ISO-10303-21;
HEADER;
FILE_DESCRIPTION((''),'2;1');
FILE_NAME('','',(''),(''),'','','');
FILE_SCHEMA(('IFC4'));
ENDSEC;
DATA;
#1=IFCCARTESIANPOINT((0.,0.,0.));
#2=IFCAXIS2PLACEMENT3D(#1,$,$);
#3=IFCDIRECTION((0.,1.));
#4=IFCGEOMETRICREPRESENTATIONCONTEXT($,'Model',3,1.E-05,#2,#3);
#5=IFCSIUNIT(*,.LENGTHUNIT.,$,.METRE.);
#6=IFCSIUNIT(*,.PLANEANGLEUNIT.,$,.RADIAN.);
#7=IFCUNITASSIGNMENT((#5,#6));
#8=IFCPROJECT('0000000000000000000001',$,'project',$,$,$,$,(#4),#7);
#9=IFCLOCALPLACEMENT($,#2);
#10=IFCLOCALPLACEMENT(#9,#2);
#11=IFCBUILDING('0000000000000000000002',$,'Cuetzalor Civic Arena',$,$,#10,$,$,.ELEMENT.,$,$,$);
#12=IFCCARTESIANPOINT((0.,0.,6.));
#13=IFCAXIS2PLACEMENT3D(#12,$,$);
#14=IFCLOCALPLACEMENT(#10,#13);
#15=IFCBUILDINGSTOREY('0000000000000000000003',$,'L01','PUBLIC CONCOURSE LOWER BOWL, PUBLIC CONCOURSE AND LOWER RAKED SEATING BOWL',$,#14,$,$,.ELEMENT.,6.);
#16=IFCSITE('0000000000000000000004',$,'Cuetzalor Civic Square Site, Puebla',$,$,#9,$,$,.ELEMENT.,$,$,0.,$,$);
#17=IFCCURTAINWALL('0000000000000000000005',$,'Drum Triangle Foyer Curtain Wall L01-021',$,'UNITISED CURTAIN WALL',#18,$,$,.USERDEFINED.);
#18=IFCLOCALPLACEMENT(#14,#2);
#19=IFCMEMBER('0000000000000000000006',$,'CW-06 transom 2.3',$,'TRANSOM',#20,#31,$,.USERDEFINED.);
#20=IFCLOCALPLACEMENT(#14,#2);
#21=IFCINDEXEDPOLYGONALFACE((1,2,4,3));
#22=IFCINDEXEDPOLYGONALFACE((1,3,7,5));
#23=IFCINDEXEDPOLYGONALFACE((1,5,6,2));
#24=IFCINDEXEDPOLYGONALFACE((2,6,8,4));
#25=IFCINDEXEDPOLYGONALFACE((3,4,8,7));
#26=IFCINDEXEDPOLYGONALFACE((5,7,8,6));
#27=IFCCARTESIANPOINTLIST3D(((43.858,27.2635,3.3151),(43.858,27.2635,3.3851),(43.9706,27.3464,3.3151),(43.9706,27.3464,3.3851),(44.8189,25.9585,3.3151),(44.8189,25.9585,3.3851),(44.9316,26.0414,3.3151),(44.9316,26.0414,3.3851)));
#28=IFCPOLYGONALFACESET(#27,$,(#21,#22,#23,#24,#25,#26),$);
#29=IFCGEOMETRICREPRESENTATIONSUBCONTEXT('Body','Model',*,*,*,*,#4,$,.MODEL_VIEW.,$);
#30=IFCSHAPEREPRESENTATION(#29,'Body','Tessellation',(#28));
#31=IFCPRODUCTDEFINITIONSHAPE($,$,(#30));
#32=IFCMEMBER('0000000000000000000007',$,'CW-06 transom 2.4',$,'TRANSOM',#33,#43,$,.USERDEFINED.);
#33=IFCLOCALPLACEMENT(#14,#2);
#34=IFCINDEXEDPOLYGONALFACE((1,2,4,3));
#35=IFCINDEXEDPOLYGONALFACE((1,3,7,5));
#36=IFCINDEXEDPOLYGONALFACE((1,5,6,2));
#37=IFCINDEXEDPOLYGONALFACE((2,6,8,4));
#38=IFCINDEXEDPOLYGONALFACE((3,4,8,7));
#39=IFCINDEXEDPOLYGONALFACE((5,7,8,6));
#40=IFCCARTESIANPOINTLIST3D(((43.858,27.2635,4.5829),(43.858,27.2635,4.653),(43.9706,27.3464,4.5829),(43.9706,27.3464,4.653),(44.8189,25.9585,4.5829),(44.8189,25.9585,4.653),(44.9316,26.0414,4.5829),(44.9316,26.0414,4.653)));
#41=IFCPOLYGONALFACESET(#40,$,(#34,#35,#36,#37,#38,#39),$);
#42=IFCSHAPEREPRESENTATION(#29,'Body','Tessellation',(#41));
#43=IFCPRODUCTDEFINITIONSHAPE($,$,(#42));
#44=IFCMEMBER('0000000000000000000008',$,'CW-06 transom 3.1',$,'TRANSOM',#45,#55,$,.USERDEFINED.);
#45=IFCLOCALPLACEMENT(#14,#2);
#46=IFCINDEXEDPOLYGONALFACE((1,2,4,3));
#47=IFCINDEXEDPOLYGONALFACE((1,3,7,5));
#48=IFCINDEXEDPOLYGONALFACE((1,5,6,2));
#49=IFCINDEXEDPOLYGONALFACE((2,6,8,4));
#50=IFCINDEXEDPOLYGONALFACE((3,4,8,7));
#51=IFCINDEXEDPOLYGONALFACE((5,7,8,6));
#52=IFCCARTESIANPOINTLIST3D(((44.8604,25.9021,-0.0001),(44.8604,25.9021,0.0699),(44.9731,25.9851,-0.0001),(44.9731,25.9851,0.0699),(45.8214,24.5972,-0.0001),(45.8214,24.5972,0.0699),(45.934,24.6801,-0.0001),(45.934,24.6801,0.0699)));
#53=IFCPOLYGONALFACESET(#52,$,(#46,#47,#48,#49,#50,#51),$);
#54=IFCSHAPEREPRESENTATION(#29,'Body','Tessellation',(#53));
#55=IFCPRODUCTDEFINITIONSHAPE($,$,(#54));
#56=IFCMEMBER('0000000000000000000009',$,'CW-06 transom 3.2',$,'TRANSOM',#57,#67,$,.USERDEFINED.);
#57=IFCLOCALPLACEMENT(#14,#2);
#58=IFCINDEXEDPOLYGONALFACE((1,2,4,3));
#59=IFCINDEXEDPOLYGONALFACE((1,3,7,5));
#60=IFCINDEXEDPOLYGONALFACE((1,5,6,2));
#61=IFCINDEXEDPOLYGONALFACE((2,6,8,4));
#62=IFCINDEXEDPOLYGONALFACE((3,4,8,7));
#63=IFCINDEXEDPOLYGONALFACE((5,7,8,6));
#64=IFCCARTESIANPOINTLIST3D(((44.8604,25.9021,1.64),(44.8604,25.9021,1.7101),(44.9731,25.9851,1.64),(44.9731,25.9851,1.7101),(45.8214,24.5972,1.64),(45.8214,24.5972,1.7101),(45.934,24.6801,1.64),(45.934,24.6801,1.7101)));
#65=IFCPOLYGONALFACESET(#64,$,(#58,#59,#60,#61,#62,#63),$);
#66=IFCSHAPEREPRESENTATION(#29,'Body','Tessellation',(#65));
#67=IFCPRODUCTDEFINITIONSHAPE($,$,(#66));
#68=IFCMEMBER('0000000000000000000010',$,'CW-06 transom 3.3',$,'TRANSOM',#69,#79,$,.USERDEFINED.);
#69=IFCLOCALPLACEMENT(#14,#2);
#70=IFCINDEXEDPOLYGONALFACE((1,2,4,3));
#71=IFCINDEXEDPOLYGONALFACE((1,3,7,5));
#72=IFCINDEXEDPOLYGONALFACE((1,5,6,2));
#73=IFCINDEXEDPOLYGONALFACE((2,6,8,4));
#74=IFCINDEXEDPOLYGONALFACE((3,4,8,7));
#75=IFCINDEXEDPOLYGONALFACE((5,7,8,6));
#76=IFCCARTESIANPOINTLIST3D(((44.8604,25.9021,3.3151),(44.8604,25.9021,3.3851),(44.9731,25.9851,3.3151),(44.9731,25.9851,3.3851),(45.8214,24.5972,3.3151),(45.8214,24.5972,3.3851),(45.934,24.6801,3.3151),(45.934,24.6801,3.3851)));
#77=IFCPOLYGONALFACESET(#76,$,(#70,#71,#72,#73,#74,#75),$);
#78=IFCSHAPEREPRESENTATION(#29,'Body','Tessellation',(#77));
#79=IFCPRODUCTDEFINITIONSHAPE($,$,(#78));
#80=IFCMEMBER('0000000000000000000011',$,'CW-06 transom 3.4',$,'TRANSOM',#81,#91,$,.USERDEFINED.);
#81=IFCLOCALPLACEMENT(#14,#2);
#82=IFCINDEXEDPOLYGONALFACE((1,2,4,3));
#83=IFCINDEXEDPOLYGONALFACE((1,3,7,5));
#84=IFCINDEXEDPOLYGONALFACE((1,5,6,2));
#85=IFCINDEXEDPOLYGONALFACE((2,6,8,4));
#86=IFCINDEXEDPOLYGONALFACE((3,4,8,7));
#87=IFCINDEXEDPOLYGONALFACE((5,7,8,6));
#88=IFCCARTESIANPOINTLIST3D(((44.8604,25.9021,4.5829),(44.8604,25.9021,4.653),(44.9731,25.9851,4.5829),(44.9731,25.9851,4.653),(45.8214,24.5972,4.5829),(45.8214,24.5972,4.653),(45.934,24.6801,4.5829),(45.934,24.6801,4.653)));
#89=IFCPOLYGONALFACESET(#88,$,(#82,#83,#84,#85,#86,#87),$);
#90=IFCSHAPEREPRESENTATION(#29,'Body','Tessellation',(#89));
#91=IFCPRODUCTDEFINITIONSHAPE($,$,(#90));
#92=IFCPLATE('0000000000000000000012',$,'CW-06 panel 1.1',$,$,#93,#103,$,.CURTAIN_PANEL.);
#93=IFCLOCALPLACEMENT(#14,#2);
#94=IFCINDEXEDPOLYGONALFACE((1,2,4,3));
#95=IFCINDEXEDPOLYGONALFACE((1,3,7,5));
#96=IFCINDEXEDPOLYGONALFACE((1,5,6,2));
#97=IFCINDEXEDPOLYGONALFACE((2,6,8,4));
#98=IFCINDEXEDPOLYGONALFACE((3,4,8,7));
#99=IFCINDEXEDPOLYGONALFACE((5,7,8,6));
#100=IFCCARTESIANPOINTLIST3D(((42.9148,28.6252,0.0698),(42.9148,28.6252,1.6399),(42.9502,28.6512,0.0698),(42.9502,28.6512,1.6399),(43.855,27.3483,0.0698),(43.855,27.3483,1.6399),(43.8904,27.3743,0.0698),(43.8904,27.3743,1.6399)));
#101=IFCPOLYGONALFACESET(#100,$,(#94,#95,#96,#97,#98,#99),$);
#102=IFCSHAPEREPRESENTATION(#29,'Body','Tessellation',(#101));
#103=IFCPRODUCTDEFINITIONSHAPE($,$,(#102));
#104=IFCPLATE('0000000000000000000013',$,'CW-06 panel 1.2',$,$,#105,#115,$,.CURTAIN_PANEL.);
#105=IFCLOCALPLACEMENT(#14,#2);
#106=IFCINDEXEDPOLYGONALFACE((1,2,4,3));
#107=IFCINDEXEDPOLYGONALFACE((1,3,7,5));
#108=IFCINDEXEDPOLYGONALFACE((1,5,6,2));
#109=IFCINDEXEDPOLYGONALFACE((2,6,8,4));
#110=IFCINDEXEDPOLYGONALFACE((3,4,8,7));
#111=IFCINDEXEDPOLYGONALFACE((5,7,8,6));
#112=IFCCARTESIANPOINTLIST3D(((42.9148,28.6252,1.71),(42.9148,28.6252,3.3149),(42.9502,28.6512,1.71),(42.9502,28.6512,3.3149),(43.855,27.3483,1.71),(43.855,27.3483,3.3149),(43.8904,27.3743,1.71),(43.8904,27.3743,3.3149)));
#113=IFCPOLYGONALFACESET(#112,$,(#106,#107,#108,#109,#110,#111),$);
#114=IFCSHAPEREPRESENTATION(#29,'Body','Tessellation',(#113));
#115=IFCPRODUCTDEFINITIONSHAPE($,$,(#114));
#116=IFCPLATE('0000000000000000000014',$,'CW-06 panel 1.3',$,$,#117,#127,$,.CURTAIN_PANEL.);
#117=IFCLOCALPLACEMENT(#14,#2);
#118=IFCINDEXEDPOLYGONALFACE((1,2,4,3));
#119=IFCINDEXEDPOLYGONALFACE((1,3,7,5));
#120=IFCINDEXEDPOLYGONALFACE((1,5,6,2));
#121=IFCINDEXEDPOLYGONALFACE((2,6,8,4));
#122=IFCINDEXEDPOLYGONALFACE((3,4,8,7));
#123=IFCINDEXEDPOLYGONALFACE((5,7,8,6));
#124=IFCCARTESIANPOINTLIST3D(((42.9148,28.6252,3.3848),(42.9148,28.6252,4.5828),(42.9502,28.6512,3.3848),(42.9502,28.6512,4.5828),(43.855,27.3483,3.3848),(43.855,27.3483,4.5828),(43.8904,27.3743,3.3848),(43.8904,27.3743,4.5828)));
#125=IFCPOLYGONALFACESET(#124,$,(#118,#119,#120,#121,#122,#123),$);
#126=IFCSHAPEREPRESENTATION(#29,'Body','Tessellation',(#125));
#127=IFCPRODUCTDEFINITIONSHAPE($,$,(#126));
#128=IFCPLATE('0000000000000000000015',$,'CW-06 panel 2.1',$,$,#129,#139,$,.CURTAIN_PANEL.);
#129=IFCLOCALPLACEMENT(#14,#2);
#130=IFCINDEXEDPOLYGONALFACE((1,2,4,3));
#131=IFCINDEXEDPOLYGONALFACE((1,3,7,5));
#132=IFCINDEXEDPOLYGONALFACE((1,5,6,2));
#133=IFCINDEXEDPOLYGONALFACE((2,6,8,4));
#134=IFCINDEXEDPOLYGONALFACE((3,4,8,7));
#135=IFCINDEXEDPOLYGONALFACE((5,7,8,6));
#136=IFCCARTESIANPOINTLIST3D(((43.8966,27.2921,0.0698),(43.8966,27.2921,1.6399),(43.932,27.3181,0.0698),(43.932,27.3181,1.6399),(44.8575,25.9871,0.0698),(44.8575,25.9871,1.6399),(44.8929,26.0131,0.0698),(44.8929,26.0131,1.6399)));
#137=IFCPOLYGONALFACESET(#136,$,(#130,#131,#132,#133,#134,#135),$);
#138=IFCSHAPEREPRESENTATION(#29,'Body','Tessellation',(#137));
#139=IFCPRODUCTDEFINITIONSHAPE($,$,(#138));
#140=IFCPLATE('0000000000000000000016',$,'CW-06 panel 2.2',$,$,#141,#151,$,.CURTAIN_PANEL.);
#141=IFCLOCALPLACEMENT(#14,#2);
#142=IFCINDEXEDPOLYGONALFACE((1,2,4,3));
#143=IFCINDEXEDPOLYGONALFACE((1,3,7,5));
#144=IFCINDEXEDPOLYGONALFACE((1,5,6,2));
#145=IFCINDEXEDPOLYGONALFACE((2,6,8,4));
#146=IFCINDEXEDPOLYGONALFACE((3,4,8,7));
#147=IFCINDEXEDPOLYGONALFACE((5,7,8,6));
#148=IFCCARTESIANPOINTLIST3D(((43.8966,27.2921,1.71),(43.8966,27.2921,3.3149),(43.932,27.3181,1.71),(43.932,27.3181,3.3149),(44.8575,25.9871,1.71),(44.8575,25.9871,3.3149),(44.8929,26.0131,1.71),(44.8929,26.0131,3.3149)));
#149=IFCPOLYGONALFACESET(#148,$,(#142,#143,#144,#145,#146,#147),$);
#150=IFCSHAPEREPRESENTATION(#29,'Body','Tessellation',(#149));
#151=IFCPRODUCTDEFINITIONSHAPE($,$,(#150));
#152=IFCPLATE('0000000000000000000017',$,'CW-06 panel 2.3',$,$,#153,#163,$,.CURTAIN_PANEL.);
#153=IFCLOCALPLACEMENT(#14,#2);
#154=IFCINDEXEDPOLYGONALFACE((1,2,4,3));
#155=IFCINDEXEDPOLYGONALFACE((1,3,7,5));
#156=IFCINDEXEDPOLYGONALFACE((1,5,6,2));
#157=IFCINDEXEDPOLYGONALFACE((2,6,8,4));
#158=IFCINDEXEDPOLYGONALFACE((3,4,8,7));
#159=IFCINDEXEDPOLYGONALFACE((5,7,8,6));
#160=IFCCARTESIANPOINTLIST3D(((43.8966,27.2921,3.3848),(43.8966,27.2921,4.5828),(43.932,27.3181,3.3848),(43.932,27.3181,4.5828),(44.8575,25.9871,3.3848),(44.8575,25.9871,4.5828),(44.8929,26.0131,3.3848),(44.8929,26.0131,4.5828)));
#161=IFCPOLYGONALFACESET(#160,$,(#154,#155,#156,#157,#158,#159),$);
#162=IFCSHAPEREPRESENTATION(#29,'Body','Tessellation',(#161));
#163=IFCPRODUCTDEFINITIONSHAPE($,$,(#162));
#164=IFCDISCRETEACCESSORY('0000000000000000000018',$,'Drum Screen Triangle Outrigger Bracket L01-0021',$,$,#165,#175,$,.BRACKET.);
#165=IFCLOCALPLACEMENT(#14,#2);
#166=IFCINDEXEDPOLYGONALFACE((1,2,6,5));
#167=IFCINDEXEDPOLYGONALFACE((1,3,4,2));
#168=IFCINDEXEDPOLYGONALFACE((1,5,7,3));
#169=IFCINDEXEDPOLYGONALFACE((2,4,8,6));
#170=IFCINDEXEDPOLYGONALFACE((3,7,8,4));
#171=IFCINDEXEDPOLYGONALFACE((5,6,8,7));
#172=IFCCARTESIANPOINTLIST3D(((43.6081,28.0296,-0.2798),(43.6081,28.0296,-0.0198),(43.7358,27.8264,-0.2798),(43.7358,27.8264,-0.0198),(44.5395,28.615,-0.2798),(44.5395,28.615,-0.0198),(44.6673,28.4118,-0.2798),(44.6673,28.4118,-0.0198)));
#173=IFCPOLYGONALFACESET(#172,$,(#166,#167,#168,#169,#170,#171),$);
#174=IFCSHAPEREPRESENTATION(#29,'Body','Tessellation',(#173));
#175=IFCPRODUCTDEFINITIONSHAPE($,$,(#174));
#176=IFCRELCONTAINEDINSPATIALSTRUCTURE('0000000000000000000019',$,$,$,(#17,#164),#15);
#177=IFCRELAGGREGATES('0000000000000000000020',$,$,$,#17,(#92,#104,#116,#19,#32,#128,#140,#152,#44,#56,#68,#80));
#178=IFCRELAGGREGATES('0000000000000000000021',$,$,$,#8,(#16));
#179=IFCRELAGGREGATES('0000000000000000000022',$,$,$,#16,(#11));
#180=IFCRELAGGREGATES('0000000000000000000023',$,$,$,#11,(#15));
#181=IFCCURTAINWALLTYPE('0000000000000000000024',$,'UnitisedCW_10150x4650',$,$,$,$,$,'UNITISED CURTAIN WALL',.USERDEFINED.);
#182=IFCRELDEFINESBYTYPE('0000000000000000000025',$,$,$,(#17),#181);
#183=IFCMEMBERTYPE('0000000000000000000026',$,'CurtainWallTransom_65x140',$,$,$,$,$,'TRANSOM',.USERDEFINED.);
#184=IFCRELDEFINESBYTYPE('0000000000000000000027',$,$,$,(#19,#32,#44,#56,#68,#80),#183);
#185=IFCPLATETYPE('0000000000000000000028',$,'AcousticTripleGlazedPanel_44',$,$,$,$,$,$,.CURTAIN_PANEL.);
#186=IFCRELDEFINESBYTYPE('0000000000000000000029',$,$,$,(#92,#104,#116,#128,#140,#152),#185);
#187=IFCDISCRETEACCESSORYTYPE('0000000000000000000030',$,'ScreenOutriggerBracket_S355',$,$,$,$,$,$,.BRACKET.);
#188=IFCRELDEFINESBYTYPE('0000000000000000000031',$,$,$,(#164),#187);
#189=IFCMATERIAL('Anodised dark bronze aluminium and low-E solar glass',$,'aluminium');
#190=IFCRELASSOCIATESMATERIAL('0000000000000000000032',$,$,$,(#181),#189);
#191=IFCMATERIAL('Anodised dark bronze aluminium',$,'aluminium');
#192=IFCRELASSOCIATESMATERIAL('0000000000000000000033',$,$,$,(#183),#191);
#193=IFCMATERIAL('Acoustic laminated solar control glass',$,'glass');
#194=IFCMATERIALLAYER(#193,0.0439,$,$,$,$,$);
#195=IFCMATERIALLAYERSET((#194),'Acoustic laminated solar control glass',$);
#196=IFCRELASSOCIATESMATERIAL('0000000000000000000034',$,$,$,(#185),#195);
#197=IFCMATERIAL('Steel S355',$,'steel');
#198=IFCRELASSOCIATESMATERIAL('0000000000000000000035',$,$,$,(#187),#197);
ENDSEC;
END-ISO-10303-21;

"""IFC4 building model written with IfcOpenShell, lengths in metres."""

from ifc_helpers import new_model, si_unit, direction, frame, origin, origin_2d, place, context, subcontext, project, spatial, rectangle, extrude, material, layer, layer_set, material_profile, profile_set, type_object, element, aggregate, save


model = new_model("IFC4")

# Units and contexts
model_context = context("Model", 3, precision=1e-05, world=origin(), true_north=direction((0.0, 1.0)))
body_context = subcontext(model_context, "Body", "Model", "MODEL_VIEW")
ifc_project = project(units=[si_unit("LENGTHUNIT", "METRE"), si_unit("PLANEANGLEUNIT", "RADIAN")], contexts=[model_context])

# Site, building, storey
site_placement = place(None, origin())
site = spatial("IfcSite", under=ifc_project, at=site_placement, Name="Cuetzalor Civic Square Site, Puebla", CompositionType="ELEMENT", RefElevation=0.0)
building_placement = place(site_placement, origin())
building = spatial("IfcBuilding", under=site, at=building_placement, Name="Cuetzalor Civic Arena", CompositionType="ELEMENT")
storey_placement = place(building_placement, frame((0.0, 0.0, 6.0)))
storey = spatial("IfcBuildingStorey", under=building, at=storey_placement, Name="L01", Description="PUBLIC CONCOURSE LOWER BOWL, PUBLIC CONCOURSE AND LOWER RAKED SEATING BOWL", CompositionType="ELEMENT", Elevation=6.0)

# Curtain wall, members, plates
ifc_material_1 = material(Name="Anodised dark bronze aluminium and low-E solar glass", Category="aluminium")
curtain_wall_type = type_object("IfcCurtainWallType", Name="UnitisedCW_10150x4650", ElementType="UNITISED CURTAIN WALL", PredefinedType="USERDEFINED", material=ifc_material_1)
curtain_wall_placement = place(storey_placement, origin())
curtain_wall = element("IfcCurtainWall", 1, at=curtain_wall_placement, inside=storey, type_object=curtain_wall_type, Name="Drum Triangle Foyer Curtain Wall L01-021", ObjectType="UNITISED CURTAIN WALL", PredefinedType="USERDEFINED")
ifc_material_2 = material(Name="Anodised dark bronze aluminium", Category="aluminium")
ifc_material_profile_1 = material_profile(ifc_material_2, rectangle(XDim=0.1399, YDim=0.0701, at=origin_2d()), Name="ALU TRANSOM 70x140")
ifc_profile_set_1 = profile_set([ifc_material_profile_1], Name="Anodised dark bronze aluminium")
member_type_1 = type_object("IfcMemberType", Name="CurtainWallTransom_65x140", ElementType="TRANSOM", PredefinedType="USERDEFINED", material=ifc_profile_set_1)
member_1_placement = place(storey_placement, frame((43.9143, 27.3049, 3.3501), z_axis=(0.592963, -0.80523, 0.0), x_axis=(0.80523, 0.592963, 0.0)))
member_1 = element("IfcMember", 2, at=member_1_placement, type_object=member_type_1, Name="CW-06 transom 2.3", ObjectType="TRANSOM", PredefinedType="USERDEFINED", context=body_context, shape_type="SweptSolid", body=[
    extrude(rectangle(XDim=0.1399, YDim=0.0701, at=origin_2d()), origin(), (0.0, 0.0, 1.0), 1.6206),
])
member_2_placement = place(storey_placement, frame((43.9143, 27.3049, 4.6179), z_axis=(0.592963, -0.80523, 0.0), x_axis=(0.80523, 0.592963, 0.0)))
member_2 = element("IfcMember", 3, at=member_2_placement, type_object=member_type_1, Name="CW-06 transom 2.4", ObjectType="TRANSOM", PredefinedType="USERDEFINED", context=body_context, shape_type="SweptSolid", body=[
    extrude(rectangle(XDim=0.1399, YDim=0.0701, at=origin_2d()), origin(), (0.0, 0.0, 1.0), 1.6206),
])
member_3_placement = place(storey_placement, frame((44.9167, 25.9436, 0.0349), z_axis=(0.592963, -0.80523, 0.0), x_axis=(0.80523, 0.592963, 0.0)))
member_3 = element("IfcMember", 4, at=member_3_placement, type_object=member_type_1, Name="CW-06 transom 3.1", ObjectType="TRANSOM", PredefinedType="USERDEFINED", context=body_context, shape_type="SweptSolid", body=[
    extrude(rectangle(XDim=0.1399, YDim=0.0701, at=origin_2d()), origin(), (0.0, 0.0, 1.0), 1.6206),
])
member_4_placement = place(storey_placement, frame((44.9167, 25.9436, 1.675), z_axis=(0.592963, -0.80523, 0.0), x_axis=(0.80523, 0.592963, 0.0)))
member_4 = element("IfcMember", 5, at=member_4_placement, type_object=member_type_1, Name="CW-06 transom 3.2", ObjectType="TRANSOM", PredefinedType="USERDEFINED", context=body_context, shape_type="SweptSolid", body=[
    extrude(rectangle(XDim=0.1399, YDim=0.0701, at=origin_2d()), origin(), (0.0, 0.0, 1.0), 1.6206),
])
member_5_placement = place(storey_placement, frame((44.9167, 25.9436, 3.3501), z_axis=(0.592963, -0.80523, 0.0), x_axis=(0.80523, 0.592963, 0.0)))
member_5 = element("IfcMember", 6, at=member_5_placement, type_object=member_type_1, Name="CW-06 transom 3.3", ObjectType="TRANSOM", PredefinedType="USERDEFINED", context=body_context, shape_type="SweptSolid", body=[
    extrude(rectangle(XDim=0.1399, YDim=0.0701, at=origin_2d()), origin(), (0.0, 0.0, 1.0), 1.6206),
])
member_6_placement = place(storey_placement, frame((44.9167, 25.9436, 4.6179), z_axis=(0.592963, -0.80523, 0.0), x_axis=(0.80523, 0.592963, 0.0)))
member_6 = element("IfcMember", 7, at=member_6_placement, type_object=member_type_1, Name="CW-06 transom 3.4", ObjectType="TRANSOM", PredefinedType="USERDEFINED", context=body_context, shape_type="SweptSolid", body=[
    extrude(rectangle(XDim=0.1399, YDim=0.0701, at=origin_2d()), origin(), (0.0, 0.0, 1.0), 1.6206),
])
ifc_material_3 = material(Name="Acoustic laminated solar control glass", Category="glass")
ifc_layer = layer(ifc_material_3, 0.0439)
ifc_layer_set = layer_set([ifc_layer], Name="Acoustic laminated solar control glass")
plate_type = type_object("IfcPlateType", Name="AcousticTripleGlazedPanel_44", PredefinedType="CURTAIN_PANEL", material=ifc_layer_set)
plate_1_placement = place(storey_placement, frame((43.4026, 27.9998, 0.0698), z_axis=(0.0, 0.0, 1.0), x_axis=(0.592929, -0.805255, 0.0)))
plate_1 = element("IfcPlate", 8, at=plate_1_placement, type_object=plate_type, Name="CW-06 panel 1.1", PredefinedType="CURTAIN_PANEL", context=body_context, shape_type="SweptSolid", body=[
    extrude(rectangle(XDim=1.5857, YDim=0.0439, at=origin_2d()), origin(), (0.0, 0.0, 1.0), 1.5701),
])
plate_2_placement = place(storey_placement, frame((43.4026, 27.9998, 1.71), z_axis=(0.0, 0.0, 1.0), x_axis=(0.592929, -0.805255, 0.0)))
plate_2 = element("IfcPlate", 9, at=plate_2_placement, type_object=plate_type, Name="CW-06 panel 1.2", PredefinedType="CURTAIN_PANEL", context=body_context, shape_type="SweptSolid", body=[
    extrude(rectangle(XDim=1.5857, YDim=0.0439, at=origin_2d()), origin(), (0.0, 0.0, 1.0), 1.605),
])
plate_3_placement = place(storey_placement, frame((43.4026, 27.9998, 3.3848), z_axis=(0.0, 0.0, 1.0), x_axis=(0.592929, -0.805255, 0.0)))
plate_3 = element("IfcPlate", 10, at=plate_3_placement, type_object=plate_type, Name="CW-06 panel 1.3", PredefinedType="CURTAIN_PANEL", context=body_context, shape_type="SweptSolid", body=[
    extrude(rectangle(XDim=1.5857, YDim=0.0439, at=origin_2d()), origin(), (0.0, 0.0, 1.0), 1.198),
])
plate_4_placement = place(storey_placement, frame((44.3948, 26.6526, 0.0698), z_axis=(0.0, 0.0, 1.0), x_axis=(0.592929, -0.805255, 0.0)))
plate_4 = element("IfcPlate", 11, at=plate_4_placement, type_object=plate_type, Name="CW-06 panel 2.1", PredefinedType="CURTAIN_PANEL", context=body_context, shape_type="SweptSolid", body=[
    extrude(rectangle(XDim=1.6206, YDim=0.0439, at=origin_2d()), origin(), (0.0, 0.0, 1.0), 1.5701),
])
plate_5_placement = place(storey_placement, frame((44.3948, 26.6526, 1.71), z_axis=(0.0, 0.0, 1.0), x_axis=(0.592929, -0.805255, 0.0)))
plate_5 = element("IfcPlate", 12, at=plate_5_placement, type_object=plate_type, Name="CW-06 panel 2.2", PredefinedType="CURTAIN_PANEL", context=body_context, shape_type="SweptSolid", body=[
    extrude(rectangle(XDim=1.6206, YDim=0.0439, at=origin_2d()), origin(), (0.0, 0.0, 1.0), 1.605),
])
plate_6_placement = place(storey_placement, frame((44.3948, 26.6526, 3.3848), z_axis=(0.0, 0.0, 1.0), x_axis=(0.592929, -0.805255, 0.0)))
plate_6 = element("IfcPlate", 13, at=plate_6_placement, type_object=plate_type, Name="CW-06 panel 2.3", PredefinedType="CURTAIN_PANEL", context=body_context, shape_type="SweptSolid", body=[
    extrude(rectangle(XDim=1.6206, YDim=0.0439, at=origin_2d()), origin(), (0.0, 0.0, 1.0), 1.198),
])
aggregate(curtain_wall, [plate_1, plate_2, plate_3, member_1, member_2, plate_4, plate_5, plate_6, member_3, member_4, member_5, member_6])

# Discrete accessory
ifc_material_4 = material(Name="Steel S355", Category="steel")
discrete_accessory_type = type_object("IfcDiscreteAccessoryType", Name="ScreenOutriggerBracket_S355", PredefinedType="BRACKET", material=ifc_material_4)
discrete_accessory_placement = place(storey_placement, frame((44.1377, 28.2207, -0.2798), z_axis=(0.0, 0.0, 1.0), x_axis=(0.846658, 0.532138, 0.0)))
element("IfcDiscreteAccessory", 14, at=discrete_accessory_placement, inside=storey, type_object=discrete_accessory_type, Name="Drum Screen Triangle Outrigger Bracket L01-0021", PredefinedType="BRACKET", context=body_context, shape_type="SweptSolid", body=[
    extrude(rectangle(XDim=1.1001, YDim=0.24, at=origin_2d()), origin(), (0.0, 0.0, 1.0), 0.26),
])

save(model, "model.ifc")
